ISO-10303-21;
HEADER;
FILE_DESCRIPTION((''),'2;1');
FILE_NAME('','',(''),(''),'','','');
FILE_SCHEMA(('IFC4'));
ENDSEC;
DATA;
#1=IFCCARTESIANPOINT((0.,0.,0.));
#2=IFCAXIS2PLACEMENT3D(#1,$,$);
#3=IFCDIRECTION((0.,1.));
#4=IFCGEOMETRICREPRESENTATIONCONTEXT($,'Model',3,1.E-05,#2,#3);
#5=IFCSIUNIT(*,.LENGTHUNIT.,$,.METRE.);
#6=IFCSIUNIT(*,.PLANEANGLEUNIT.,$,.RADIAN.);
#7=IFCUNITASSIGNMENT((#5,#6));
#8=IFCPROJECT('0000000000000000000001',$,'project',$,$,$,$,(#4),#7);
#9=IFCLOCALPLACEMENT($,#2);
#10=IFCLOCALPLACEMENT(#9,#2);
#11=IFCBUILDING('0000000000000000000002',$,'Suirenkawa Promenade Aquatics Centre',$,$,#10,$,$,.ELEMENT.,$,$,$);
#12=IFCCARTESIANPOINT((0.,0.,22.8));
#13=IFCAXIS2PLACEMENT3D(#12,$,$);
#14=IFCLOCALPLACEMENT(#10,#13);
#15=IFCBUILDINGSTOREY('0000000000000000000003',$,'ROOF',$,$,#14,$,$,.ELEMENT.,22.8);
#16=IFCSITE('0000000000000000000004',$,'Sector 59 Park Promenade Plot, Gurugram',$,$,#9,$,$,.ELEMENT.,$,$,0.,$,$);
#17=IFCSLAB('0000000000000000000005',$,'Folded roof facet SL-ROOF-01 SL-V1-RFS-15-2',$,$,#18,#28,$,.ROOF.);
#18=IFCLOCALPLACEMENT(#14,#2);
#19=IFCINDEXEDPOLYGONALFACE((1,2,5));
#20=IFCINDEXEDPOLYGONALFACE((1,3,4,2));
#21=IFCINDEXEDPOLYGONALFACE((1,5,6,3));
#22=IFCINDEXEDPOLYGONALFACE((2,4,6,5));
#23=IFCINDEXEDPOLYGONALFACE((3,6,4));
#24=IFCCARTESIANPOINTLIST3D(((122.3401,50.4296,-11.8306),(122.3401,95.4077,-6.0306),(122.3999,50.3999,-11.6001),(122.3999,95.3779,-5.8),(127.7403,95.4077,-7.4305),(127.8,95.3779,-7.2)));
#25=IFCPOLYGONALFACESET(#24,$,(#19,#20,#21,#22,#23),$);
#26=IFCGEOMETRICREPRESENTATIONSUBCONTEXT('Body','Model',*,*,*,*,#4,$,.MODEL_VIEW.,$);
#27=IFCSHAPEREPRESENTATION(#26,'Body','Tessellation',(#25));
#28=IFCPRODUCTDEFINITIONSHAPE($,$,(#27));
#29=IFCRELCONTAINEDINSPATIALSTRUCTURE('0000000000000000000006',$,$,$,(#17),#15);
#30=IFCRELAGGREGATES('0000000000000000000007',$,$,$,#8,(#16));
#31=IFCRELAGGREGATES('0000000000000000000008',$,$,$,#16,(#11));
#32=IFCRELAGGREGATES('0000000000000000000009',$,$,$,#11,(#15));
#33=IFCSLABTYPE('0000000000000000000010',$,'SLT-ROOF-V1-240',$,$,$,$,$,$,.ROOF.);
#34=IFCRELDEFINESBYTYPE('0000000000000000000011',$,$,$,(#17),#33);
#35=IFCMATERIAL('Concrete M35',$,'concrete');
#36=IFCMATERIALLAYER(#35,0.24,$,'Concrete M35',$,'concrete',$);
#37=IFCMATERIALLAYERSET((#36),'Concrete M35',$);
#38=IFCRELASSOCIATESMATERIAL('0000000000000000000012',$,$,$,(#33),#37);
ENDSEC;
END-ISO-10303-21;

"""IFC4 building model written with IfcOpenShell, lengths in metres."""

from ifc_helpers import new_model, si_unit, direction, frame, origin, place, context, subcontext, project, spatial, polyline, outline, extrude, material, layer, layer_set, type_object, element, save


model = new_model("IFC4")

# Units and contexts
model_context = context("Model", 3, precision=1e-05, world=origin(), true_north=direction((0.0, 1.0)))
body_context = subcontext(model_context, "Body", "Model", "MODEL_VIEW")
ifc_project = project(units=[si_unit("LENGTHUNIT", "METRE"), si_unit("PLANEANGLEUNIT", "RADIAN")], contexts=[model_context])

# Site, building, storey
site_placement = place(None, origin())
site = spatial("IfcSite", under=ifc_project, at=site_placement, Name="Sector 59 Park Promenade Plot, Gurugram", CompositionType="ELEMENT", RefElevation=0.0)
building_placement = place(site_placement, origin())
building = spatial("IfcBuilding", under=site, at=building_placement, Name="Suirenkawa Promenade Aquatics Centre", CompositionType="ELEMENT")
storey_placement = place(building_placement, frame((0.0, 0.0, 22.8)))
storey = spatial("IfcBuildingStorey", under=building, at=storey_placement, Name="ROOF", CompositionType="ELEMENT", Elevation=22.8)

# Slab
ifc_material_1 = material(Name="Concrete M35", Category="concrete")
ifc_layer_1 = layer(ifc_material_1, 0.24, Name="Concrete M35", Category="concrete")
ifc_layer_set_1 = layer_set([ifc_layer_1], Name="Concrete M35")
slab_type = type_object("IfcSlabType", Name="SLT-ROOF-V1-240", PredefinedType="ROOF", material=ifc_layer_set_1)
slab_1_placement = place(storey_placement, frame((122.3999, 50.3999, -11.6001), z_axis=(0.249007, -0.123866, 0.960548), x_axis=(0.118647, 0.988219, 0.096676)))
element("IfcSlab", 1, at=slab_1_placement, inside=storey, type_object=slab_type, Name="Folded roof facet SL-ROOF-01 SL-V1-RFS-15-2", PredefinedType="ROOF", context=body_context, shape_type="SweptSolid", body=[
    extrude(outline(polyline([(0.0, 0.0), (45.5142, 0.0), (45.0089, 5.5557), (0.0, 0.0)])), origin(), (0.0, 0.0, -1.0), 0.24),
])

save(model, "model.ifc")
